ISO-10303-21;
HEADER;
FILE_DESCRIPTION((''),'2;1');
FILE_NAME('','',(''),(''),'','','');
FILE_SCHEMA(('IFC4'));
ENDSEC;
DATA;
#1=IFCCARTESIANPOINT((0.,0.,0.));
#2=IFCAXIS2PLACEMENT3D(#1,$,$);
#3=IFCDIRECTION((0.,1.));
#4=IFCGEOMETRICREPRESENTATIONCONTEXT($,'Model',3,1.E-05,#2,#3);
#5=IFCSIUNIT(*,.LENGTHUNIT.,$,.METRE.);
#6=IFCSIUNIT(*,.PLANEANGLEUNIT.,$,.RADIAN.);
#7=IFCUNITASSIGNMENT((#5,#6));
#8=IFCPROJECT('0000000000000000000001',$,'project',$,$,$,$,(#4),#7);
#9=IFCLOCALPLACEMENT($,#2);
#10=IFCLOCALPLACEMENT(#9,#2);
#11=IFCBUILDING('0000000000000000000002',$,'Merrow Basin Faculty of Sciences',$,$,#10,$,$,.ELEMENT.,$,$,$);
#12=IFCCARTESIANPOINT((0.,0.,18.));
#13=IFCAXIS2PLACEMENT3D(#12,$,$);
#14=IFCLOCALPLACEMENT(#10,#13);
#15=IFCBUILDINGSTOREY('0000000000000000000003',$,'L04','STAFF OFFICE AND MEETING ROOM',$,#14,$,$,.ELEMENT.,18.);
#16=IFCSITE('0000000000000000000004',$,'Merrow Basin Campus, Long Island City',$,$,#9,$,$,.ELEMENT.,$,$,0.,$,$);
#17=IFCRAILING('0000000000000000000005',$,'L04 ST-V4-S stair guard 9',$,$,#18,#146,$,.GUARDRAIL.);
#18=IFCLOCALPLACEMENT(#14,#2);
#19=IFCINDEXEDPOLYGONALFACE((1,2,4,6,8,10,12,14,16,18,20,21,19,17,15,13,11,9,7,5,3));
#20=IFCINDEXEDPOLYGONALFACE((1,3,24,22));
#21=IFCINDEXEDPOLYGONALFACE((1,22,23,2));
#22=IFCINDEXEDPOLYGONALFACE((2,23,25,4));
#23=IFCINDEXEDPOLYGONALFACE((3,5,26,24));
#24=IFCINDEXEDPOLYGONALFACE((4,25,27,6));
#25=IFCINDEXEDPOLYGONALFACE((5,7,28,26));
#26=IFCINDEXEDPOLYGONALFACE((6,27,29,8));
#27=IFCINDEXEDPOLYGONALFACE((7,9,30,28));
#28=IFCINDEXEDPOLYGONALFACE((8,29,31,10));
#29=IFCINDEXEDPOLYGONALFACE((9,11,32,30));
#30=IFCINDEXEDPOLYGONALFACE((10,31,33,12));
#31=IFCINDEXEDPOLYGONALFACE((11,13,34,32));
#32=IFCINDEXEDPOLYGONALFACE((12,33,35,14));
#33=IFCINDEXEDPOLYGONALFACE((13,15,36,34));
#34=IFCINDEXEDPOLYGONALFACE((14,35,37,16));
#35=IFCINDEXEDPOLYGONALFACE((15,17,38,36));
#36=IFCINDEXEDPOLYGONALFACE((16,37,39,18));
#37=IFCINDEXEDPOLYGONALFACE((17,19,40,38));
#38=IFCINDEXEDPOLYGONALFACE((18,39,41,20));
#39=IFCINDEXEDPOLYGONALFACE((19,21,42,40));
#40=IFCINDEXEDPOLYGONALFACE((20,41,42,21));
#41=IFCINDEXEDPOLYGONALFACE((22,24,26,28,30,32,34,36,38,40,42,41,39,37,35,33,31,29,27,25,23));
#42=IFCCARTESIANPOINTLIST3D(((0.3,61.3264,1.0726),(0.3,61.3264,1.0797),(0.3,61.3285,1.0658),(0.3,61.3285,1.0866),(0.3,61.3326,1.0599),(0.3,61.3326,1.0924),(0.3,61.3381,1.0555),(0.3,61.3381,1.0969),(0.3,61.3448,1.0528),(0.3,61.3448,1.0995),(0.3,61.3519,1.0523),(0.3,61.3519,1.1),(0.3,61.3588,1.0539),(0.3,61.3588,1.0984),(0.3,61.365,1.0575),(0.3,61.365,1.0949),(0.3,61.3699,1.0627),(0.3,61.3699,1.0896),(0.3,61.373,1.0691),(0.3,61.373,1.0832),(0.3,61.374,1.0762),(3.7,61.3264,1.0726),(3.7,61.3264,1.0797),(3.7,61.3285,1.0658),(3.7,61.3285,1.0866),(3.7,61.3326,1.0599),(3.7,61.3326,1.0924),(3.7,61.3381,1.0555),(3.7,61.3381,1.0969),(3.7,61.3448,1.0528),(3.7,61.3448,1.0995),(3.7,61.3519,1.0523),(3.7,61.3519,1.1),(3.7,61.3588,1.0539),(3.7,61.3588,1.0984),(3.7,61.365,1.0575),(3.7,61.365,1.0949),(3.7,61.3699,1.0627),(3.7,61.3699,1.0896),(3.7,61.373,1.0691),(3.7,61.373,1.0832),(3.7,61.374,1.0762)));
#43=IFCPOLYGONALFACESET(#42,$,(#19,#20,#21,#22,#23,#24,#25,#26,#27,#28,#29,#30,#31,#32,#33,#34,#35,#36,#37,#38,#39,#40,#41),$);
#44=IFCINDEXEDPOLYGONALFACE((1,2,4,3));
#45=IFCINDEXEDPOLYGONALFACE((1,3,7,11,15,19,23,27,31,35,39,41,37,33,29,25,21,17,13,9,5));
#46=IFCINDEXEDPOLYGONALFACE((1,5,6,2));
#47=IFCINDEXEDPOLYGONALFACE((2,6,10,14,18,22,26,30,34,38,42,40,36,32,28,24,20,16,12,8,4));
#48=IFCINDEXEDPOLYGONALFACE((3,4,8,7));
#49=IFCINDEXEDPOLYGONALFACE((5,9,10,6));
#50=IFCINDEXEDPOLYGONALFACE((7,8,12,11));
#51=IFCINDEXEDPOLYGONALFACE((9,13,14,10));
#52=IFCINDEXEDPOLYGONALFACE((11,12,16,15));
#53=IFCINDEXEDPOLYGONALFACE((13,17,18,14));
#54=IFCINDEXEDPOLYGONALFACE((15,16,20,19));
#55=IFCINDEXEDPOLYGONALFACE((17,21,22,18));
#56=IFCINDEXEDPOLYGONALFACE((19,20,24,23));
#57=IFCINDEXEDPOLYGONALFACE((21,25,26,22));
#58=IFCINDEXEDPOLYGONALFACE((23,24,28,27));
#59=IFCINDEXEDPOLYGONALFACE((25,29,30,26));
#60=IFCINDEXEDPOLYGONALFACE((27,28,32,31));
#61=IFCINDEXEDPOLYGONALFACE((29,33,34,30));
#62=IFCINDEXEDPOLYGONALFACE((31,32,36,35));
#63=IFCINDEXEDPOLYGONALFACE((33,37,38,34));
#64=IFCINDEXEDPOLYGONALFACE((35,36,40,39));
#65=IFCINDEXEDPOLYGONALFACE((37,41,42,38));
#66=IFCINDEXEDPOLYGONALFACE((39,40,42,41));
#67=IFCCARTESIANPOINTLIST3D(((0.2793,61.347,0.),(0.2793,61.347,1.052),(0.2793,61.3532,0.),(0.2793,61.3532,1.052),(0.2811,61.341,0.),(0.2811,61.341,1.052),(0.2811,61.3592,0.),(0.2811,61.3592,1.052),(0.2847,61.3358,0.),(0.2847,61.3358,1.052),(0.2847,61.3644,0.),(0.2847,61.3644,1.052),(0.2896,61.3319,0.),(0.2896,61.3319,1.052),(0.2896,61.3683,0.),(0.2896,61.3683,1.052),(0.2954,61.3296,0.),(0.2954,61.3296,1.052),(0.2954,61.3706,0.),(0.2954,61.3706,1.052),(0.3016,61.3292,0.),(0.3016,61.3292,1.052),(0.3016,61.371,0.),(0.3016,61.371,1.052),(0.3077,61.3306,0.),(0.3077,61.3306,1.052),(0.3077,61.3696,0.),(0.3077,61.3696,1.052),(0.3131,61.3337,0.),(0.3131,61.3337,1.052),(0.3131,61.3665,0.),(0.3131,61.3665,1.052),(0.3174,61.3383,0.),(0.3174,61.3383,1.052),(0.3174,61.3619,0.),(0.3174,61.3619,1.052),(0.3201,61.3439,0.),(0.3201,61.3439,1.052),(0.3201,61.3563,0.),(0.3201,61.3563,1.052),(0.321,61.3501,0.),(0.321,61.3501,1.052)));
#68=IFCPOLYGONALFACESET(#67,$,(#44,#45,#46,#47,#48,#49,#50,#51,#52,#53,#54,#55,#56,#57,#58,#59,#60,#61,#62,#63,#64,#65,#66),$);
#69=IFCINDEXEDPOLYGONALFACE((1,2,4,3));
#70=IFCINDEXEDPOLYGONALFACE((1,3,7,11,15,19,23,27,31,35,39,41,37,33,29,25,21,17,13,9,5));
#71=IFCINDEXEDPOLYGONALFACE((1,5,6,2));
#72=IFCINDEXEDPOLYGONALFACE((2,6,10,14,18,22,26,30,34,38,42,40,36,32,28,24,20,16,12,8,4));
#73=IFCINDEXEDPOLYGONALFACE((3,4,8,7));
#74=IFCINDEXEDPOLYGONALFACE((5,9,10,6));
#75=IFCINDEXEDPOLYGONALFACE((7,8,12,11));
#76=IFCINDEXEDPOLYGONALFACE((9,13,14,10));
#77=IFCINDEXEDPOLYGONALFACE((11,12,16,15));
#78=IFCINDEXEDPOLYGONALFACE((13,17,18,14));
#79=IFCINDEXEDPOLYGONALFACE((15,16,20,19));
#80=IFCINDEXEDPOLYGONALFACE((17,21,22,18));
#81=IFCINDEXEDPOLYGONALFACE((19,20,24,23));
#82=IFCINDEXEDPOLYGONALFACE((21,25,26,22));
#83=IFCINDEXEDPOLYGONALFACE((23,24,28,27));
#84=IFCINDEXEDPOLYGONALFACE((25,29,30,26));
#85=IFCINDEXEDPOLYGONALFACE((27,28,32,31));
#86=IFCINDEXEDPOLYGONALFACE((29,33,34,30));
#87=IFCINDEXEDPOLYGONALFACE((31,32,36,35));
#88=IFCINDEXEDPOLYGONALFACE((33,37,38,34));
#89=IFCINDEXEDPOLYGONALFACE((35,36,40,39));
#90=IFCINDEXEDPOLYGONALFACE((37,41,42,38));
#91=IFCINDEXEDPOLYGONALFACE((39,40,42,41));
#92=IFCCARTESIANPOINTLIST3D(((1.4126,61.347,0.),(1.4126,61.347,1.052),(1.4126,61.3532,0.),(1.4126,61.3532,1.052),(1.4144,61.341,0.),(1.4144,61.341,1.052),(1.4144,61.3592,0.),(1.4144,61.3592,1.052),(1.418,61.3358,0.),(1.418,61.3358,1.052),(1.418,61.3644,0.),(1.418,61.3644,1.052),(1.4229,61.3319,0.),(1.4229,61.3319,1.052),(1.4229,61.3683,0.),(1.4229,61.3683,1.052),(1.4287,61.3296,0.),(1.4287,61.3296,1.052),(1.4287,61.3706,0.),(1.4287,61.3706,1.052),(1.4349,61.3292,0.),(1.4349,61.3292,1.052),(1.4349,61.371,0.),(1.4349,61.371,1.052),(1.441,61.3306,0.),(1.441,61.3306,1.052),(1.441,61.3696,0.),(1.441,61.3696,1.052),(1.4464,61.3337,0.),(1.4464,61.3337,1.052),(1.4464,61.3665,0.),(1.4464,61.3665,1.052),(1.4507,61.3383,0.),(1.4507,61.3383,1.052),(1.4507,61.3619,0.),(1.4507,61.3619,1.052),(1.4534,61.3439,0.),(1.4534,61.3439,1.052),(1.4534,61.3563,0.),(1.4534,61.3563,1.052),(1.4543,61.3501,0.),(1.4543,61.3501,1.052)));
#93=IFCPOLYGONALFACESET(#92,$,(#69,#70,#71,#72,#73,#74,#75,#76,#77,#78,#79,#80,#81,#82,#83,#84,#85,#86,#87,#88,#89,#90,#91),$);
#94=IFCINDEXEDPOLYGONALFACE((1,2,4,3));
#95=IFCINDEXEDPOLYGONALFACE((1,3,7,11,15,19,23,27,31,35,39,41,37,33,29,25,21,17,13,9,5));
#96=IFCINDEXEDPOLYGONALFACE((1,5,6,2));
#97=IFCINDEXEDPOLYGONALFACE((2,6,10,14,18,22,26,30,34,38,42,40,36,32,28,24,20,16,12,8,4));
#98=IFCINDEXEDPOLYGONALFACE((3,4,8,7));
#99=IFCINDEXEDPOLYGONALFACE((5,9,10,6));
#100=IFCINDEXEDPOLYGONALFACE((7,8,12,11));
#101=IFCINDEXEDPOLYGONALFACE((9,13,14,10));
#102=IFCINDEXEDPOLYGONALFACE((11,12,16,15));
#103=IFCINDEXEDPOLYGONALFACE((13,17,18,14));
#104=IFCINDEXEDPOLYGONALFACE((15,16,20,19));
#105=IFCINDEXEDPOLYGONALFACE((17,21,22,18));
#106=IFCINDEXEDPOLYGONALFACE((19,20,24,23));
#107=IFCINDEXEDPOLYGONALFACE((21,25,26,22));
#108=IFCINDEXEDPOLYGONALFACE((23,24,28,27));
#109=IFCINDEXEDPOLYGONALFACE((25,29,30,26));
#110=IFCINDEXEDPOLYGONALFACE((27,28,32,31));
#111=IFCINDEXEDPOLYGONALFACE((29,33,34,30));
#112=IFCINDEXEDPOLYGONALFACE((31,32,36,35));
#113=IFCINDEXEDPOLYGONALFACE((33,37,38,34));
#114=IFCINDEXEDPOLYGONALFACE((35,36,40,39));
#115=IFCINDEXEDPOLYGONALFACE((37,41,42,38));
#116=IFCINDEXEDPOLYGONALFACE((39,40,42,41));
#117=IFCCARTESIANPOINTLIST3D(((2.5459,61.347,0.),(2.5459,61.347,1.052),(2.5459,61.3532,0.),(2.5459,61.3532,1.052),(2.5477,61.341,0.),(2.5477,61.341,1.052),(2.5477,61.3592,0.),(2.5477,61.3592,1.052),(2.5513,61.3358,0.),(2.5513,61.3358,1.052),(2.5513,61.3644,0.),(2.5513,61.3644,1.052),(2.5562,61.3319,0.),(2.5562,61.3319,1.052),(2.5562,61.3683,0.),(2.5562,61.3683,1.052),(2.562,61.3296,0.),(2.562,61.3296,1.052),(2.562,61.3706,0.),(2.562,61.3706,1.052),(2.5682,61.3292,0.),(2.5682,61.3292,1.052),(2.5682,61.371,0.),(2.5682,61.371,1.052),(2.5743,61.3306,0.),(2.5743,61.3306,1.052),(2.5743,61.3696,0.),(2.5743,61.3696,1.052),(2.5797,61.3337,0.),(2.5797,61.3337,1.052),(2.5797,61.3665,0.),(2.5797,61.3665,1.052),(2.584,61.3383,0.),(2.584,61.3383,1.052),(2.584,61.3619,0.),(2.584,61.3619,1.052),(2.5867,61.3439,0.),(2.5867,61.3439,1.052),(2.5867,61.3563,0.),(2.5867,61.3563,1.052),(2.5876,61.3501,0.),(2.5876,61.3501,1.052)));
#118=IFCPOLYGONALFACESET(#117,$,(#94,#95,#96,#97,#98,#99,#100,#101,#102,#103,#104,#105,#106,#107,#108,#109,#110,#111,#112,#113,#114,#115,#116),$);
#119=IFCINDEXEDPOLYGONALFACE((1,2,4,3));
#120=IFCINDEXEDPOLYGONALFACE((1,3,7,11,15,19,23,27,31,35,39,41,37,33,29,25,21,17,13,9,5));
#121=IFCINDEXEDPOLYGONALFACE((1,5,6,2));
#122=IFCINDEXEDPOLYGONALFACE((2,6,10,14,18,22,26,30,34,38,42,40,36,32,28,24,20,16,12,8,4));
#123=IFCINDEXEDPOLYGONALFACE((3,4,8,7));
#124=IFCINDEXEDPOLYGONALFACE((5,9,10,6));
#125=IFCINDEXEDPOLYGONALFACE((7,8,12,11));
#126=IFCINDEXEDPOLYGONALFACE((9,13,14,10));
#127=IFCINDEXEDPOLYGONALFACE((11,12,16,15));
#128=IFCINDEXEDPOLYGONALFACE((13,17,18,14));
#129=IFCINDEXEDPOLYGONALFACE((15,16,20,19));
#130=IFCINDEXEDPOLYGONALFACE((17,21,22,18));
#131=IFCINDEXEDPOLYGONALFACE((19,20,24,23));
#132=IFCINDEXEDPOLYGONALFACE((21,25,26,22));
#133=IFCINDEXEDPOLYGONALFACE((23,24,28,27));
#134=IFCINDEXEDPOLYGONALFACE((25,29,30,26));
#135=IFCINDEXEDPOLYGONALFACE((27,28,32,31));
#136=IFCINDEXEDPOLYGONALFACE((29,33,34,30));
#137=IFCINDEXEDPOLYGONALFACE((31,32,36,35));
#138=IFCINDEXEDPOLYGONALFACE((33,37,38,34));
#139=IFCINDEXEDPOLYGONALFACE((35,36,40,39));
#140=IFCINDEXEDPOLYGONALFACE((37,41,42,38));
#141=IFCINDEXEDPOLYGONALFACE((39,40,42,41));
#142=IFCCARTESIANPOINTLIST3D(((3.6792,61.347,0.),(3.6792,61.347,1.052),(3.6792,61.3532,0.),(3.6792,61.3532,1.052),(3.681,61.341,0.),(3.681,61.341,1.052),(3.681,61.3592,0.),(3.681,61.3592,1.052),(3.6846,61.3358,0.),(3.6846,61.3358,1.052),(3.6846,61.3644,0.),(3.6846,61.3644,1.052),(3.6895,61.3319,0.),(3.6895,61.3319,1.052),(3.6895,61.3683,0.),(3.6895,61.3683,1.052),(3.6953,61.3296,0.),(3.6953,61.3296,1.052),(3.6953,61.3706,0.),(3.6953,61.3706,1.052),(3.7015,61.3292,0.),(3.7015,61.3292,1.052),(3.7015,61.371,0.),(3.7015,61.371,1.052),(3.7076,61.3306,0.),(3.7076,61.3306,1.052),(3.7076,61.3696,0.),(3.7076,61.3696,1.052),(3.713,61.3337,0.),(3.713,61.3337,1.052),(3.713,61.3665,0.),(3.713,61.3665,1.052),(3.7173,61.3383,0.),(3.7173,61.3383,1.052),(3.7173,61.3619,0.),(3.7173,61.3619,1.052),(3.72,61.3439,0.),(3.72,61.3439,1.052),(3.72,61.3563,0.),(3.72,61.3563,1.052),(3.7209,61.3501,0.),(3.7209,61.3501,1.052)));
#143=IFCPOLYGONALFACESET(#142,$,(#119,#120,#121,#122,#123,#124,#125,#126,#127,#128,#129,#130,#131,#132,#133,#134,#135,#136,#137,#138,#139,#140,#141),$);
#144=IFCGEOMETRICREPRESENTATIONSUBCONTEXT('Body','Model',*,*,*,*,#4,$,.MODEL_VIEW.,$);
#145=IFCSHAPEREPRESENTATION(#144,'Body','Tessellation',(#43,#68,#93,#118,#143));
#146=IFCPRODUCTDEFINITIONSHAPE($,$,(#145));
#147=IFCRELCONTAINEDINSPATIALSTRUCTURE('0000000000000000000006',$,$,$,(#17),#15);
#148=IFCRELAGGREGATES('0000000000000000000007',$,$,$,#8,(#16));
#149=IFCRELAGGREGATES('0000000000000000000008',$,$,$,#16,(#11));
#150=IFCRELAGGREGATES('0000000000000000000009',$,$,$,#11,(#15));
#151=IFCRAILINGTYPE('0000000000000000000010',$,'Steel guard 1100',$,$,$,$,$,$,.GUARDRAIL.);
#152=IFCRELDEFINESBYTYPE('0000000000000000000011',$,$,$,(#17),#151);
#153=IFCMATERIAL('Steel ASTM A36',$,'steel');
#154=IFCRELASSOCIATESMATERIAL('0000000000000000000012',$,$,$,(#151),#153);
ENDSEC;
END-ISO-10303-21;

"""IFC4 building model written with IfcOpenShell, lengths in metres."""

from ifc_helpers import new_model, si_unit, direction, frame, origin, origin_2d, place, context, subcontext, project, spatial, circle, extrude, material, type_object, element, save


model = new_model("IFC4")

# Units and contexts
model_context = context("Model", 3, precision=1e-05, world=origin(), true_north=direction((0.0, 1.0)))
body_context = subcontext(model_context, "Body", "Model", "MODEL_VIEW")
ifc_project = project(units=[si_unit("LENGTHUNIT", "METRE"), si_unit("PLANEANGLEUNIT", "RADIAN")], contexts=[model_context])

# Site, building, storey
site_placement = place(None, origin())
site = spatial("IfcSite", under=ifc_project, at=site_placement, Name="Merrow Basin Campus, Long Island City", CompositionType="ELEMENT", RefElevation=0.0)
building_placement = place(site_placement, origin())
building = spatial("IfcBuilding", under=site, at=building_placement, Name="Merrow Basin Faculty of Sciences", CompositionType="ELEMENT")
storey_placement = place(building_placement, frame((0.0, 0.0, 18.0)))
storey = spatial("IfcBuildingStorey", under=building, at=storey_placement, Name="L04", Description="STAFF OFFICE AND MEETING ROOM", CompositionType="ELEMENT", Elevation=18.0)

# Railing
ifc_material_1 = material(Name="Steel ASTM A36", Category="steel")
railing_type_1 = type_object("IfcRailingType", Name="Steel guard 1100", PredefinedType="GUARDRAIL", material=ifc_material_1)
railing_1_placement = place(storey_placement, frame((0.3, 61.3501, 0.0)))
element("IfcRailing", 1, at=railing_1_placement, inside=storey, type_object=railing_type_1, Name="L04 ST-V4-S stair guard 9", PredefinedType="GUARDRAIL", context=body_context, shape_type="SweptSolid", body=[
    extrude(circle(Radius=0.0239, at=origin_2d()), frame((0.0, 0.0, 1.0762), z_axis=(1.0, 0.0, 0.0), x_axis=(0.0, 1.0, 0.0)), (0.0, 0.0, 1.0), 3.3999),
    extrude(circle(Radius=0.021, at=origin_2d()), origin(), (0.0, 0.0, 1.0), 1.052),
    extrude(circle(Radius=0.021, at=origin_2d()), frame((1.1333, 0.0, 0.0)), (0.0, 0.0, 1.0), 1.052),
    extrude(circle(Radius=0.021, at=origin_2d()), frame((2.2666, 0.0, 0.0)), (0.0, 0.0, 1.0), 1.052),
    extrude(circle(Radius=0.021, at=origin_2d()), frame((3.3999, 0.0, 0.0)), (0.0, 0.0, 1.0), 1.052),
])

save(model, "model.ifc")
